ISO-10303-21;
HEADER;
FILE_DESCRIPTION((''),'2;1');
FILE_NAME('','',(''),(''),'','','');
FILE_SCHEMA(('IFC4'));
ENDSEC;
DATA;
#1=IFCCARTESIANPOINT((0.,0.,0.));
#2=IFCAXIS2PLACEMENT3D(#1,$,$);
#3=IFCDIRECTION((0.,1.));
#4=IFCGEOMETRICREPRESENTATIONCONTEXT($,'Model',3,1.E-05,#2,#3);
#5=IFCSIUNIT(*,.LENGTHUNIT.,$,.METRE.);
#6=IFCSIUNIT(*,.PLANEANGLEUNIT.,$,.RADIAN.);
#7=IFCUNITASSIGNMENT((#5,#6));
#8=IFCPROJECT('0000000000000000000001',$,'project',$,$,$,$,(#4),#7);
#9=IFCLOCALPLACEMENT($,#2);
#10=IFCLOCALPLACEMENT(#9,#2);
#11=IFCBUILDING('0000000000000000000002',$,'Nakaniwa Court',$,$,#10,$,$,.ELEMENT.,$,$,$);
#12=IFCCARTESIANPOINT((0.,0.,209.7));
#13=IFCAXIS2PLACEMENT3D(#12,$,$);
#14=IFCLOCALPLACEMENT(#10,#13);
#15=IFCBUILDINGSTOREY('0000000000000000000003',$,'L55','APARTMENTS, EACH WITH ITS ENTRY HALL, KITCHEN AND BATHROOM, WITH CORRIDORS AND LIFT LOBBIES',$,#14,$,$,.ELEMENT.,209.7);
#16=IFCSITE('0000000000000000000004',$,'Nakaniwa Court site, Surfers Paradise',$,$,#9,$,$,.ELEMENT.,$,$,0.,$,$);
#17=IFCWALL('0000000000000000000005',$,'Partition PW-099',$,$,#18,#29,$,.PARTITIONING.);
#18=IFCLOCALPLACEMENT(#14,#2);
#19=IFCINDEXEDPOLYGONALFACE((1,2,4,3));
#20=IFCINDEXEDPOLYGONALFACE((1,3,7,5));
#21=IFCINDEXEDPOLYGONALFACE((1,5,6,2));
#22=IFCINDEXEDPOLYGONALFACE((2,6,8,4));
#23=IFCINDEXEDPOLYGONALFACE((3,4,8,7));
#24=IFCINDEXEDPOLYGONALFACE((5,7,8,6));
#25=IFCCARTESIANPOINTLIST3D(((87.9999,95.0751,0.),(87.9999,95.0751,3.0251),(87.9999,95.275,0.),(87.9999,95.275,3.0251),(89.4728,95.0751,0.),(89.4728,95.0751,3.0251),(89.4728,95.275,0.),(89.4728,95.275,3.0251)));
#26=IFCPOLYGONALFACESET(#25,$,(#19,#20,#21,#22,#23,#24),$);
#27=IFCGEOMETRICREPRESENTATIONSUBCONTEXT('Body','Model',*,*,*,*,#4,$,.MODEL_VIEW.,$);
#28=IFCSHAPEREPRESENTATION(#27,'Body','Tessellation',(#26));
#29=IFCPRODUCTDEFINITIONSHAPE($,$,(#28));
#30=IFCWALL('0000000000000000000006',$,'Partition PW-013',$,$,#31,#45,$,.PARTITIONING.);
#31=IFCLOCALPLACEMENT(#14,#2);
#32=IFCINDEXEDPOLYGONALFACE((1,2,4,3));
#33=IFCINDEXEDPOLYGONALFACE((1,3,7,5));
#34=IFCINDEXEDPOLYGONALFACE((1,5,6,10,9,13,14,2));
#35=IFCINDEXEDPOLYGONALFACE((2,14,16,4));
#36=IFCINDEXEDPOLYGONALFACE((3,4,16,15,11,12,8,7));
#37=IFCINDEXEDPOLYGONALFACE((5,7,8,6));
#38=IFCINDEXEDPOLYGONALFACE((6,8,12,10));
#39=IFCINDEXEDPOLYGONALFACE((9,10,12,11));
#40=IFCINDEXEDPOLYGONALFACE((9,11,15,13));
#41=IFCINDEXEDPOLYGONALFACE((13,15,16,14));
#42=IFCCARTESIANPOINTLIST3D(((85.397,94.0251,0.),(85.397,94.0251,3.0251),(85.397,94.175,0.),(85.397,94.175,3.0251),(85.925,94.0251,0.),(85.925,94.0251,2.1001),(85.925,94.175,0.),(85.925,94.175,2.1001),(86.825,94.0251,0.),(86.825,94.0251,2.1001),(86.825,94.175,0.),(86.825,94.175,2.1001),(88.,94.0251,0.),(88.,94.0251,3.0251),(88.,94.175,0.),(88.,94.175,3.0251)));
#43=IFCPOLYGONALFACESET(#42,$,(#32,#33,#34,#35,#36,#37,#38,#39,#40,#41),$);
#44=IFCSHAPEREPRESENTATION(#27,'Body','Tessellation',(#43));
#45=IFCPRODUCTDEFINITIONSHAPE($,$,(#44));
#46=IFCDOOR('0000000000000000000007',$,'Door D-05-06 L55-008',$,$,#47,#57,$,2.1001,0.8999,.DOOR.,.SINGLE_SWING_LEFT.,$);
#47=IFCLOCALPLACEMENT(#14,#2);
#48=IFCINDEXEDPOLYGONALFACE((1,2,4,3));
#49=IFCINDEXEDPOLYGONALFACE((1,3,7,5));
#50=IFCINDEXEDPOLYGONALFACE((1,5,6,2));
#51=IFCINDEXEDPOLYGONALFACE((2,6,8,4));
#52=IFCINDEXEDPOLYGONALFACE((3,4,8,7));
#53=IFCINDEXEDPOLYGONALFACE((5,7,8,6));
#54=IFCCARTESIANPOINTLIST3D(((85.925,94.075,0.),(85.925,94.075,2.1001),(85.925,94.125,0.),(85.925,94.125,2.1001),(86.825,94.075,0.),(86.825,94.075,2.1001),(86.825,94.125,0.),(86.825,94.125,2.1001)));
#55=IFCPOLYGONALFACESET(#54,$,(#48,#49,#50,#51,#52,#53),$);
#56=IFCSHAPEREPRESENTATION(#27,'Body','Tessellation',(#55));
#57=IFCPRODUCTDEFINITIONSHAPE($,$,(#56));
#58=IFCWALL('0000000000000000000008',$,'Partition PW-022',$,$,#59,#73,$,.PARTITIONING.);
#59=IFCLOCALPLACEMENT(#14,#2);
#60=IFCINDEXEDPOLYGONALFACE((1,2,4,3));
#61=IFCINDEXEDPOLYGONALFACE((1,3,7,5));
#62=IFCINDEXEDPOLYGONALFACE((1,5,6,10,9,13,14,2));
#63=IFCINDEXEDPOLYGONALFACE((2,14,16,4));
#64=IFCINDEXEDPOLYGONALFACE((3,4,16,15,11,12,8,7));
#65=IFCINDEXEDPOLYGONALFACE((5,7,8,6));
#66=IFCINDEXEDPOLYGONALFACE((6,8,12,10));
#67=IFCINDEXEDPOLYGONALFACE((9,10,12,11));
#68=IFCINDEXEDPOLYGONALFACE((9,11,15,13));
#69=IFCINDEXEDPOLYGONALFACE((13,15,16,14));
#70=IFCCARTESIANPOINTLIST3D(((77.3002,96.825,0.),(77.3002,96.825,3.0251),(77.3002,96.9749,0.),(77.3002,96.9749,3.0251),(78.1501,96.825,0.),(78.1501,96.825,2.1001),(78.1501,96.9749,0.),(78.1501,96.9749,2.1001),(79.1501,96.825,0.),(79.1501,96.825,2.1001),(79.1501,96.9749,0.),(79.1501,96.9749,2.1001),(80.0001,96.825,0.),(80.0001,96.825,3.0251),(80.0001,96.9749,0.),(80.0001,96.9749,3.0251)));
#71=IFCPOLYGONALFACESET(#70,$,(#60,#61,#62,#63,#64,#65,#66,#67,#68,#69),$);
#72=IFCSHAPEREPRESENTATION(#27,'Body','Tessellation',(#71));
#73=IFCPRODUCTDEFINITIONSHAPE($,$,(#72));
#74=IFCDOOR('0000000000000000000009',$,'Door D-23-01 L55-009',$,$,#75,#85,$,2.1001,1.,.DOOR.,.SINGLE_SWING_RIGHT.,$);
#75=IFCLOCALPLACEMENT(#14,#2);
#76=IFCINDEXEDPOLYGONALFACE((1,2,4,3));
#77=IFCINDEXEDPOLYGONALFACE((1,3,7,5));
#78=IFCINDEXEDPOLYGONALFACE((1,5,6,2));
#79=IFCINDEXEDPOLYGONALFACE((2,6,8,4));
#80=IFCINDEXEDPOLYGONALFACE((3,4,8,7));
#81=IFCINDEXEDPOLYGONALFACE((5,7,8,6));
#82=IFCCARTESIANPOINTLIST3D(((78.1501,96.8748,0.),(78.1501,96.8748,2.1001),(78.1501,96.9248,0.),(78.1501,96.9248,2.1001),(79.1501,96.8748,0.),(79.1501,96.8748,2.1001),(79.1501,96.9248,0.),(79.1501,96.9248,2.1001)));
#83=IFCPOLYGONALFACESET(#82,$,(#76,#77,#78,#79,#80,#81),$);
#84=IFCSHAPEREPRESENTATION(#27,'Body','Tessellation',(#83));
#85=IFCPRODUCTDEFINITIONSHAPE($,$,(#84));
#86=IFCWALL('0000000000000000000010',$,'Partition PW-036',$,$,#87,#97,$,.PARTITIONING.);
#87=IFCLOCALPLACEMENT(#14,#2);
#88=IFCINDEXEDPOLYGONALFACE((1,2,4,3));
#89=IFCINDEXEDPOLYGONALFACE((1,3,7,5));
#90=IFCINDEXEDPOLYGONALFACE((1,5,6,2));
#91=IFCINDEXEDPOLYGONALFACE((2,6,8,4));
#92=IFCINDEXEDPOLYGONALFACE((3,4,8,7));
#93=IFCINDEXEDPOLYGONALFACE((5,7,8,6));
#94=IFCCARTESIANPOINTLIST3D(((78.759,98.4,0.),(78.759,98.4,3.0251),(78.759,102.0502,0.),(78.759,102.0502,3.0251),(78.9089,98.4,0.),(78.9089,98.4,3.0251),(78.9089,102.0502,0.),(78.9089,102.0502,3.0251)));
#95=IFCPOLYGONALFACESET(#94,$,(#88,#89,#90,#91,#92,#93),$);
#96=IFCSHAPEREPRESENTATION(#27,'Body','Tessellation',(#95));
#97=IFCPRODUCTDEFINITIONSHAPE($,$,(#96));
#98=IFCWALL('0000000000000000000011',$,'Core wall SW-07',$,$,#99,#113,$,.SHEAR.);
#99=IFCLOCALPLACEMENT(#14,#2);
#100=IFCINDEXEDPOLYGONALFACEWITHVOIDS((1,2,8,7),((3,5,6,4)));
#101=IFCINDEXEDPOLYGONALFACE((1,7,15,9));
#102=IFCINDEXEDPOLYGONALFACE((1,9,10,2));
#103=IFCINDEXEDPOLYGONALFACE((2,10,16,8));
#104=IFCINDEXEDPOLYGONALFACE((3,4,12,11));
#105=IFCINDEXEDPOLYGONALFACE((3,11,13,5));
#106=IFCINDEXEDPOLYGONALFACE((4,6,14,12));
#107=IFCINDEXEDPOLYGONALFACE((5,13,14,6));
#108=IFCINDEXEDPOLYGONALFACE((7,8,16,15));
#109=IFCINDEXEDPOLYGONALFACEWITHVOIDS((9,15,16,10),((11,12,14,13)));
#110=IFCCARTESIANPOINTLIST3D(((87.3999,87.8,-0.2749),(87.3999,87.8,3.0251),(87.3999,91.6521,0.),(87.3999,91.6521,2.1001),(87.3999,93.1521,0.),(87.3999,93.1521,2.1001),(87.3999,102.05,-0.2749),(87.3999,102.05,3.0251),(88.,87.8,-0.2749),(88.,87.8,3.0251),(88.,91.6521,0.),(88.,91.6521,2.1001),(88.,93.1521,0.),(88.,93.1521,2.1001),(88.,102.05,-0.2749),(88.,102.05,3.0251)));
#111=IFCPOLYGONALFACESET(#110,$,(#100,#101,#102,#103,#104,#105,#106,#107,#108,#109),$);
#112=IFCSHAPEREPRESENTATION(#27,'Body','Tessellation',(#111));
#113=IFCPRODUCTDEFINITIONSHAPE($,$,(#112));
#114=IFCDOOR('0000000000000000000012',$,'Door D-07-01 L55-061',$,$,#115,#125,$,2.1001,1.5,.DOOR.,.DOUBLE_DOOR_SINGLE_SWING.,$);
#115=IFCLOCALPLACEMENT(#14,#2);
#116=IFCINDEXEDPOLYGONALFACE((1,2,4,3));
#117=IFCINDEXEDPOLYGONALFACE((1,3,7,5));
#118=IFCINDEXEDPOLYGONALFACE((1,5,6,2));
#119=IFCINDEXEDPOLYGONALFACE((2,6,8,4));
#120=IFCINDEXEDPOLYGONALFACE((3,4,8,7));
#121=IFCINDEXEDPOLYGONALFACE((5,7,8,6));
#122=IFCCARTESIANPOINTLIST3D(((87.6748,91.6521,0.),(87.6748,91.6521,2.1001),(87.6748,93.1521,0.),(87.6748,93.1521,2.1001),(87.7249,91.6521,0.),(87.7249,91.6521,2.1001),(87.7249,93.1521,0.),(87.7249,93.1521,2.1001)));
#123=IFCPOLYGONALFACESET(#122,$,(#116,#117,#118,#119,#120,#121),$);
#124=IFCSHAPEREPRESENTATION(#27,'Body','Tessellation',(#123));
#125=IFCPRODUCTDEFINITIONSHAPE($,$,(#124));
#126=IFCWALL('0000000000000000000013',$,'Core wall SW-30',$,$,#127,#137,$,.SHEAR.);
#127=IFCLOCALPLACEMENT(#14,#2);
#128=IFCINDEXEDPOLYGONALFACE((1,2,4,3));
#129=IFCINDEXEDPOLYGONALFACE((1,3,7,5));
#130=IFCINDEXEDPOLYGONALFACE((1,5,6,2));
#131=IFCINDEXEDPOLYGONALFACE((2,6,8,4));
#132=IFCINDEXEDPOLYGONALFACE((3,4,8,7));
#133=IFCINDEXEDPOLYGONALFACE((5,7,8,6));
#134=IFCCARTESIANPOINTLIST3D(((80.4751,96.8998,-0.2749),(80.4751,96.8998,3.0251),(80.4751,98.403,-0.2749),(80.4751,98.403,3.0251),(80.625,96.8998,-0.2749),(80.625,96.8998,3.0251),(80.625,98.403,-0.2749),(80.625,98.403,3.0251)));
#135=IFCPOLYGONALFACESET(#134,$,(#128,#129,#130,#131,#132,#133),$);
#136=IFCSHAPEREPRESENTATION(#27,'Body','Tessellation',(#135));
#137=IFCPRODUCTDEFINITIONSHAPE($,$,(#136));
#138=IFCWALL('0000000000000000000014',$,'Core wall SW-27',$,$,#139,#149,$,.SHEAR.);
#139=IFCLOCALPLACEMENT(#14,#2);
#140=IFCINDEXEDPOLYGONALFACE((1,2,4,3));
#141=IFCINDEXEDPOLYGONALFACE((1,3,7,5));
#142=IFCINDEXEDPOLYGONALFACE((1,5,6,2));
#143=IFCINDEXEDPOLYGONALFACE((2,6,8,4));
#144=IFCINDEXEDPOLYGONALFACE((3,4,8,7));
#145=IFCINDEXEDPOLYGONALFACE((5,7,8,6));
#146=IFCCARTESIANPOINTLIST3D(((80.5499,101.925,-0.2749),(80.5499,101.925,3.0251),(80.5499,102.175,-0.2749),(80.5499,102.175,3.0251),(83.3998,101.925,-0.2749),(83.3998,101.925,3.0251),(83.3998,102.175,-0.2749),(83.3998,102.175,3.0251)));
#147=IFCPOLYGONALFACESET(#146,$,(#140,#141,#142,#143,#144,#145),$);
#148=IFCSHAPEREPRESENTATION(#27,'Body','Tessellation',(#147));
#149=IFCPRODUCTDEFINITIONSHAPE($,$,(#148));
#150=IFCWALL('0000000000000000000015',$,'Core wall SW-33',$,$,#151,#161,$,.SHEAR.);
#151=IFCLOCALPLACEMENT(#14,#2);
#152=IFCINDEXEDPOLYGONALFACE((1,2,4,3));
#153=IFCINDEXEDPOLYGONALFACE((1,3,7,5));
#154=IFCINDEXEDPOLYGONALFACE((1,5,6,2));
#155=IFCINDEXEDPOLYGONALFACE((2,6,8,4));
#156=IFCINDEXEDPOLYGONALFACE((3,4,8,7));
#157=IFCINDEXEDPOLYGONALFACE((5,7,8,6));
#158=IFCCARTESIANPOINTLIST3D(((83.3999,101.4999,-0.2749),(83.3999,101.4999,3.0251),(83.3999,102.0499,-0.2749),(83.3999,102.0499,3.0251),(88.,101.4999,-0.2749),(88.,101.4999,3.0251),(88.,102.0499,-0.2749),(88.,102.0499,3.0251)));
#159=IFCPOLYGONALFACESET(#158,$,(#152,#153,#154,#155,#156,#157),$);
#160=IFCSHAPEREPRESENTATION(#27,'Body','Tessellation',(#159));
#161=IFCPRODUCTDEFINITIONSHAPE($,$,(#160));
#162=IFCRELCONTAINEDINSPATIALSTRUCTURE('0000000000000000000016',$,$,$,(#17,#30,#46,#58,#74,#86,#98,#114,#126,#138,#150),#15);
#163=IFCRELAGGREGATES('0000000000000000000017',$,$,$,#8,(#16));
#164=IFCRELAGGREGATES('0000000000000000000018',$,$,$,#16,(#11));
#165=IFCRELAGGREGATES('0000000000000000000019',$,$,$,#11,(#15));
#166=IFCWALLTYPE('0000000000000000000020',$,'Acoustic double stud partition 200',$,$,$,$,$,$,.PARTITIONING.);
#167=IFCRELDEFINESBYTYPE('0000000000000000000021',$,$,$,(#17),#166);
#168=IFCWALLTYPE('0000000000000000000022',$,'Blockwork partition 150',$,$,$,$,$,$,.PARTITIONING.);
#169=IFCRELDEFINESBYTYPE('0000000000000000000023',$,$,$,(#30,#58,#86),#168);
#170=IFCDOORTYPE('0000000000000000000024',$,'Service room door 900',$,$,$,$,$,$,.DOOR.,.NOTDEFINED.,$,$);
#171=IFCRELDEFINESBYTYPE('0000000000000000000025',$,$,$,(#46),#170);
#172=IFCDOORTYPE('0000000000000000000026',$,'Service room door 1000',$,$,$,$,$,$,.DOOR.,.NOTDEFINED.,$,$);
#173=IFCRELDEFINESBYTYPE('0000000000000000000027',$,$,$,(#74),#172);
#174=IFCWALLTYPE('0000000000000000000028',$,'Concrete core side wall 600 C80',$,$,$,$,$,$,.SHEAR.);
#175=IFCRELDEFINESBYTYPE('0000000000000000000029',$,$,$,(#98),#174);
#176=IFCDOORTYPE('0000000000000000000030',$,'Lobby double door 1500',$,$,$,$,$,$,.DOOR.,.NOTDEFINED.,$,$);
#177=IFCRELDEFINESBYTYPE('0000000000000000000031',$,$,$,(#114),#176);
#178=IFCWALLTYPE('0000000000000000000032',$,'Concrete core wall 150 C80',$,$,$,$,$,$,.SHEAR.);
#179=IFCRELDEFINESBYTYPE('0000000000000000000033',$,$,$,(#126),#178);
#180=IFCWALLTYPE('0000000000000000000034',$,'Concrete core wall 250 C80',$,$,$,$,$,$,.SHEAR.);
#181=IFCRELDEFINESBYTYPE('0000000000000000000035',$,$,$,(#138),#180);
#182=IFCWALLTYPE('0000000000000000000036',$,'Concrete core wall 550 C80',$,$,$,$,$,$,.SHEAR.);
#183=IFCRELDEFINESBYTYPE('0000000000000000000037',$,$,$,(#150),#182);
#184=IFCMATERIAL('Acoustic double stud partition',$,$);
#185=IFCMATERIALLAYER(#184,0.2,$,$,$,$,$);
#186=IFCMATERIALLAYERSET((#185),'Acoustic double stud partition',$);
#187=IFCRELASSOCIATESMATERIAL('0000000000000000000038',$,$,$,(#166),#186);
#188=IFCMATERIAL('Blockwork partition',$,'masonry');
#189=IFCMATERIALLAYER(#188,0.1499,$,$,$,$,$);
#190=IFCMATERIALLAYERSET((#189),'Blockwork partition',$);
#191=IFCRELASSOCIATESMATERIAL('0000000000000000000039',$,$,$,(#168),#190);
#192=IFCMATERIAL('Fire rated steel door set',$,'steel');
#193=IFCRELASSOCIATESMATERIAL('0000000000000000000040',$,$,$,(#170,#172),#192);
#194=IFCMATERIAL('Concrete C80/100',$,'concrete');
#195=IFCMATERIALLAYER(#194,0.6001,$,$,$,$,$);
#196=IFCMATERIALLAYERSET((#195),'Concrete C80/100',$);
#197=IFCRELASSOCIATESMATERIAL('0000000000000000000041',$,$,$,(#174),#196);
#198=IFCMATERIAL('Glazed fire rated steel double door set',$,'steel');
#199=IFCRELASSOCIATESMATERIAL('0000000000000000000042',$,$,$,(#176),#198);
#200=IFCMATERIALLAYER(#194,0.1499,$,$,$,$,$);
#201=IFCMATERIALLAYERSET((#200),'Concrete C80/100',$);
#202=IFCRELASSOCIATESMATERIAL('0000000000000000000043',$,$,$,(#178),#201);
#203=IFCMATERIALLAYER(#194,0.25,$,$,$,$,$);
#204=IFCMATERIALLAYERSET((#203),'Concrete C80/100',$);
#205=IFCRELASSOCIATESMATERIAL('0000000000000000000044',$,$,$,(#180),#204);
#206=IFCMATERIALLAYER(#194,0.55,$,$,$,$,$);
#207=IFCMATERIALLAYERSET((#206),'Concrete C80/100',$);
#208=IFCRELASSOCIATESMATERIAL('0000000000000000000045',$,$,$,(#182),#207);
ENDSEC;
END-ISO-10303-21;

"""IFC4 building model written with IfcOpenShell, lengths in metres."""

from ifc_helpers import new_model, si_unit, direction, frame, frame_2d, origin, place, context, subcontext, project, spatial, rectangle, extrude, material, layer, layer_set, type_object, element, fill, save


model = new_model("IFC4")

# Units and contexts
model_context = context("Model", 3, precision=1e-05, world=origin(), true_north=direction((0.0, 1.0)))
body_context = subcontext(model_context, "Body", "Model", "MODEL_VIEW")
ifc_project = project(units=[si_unit("LENGTHUNIT", "METRE"), si_unit("PLANEANGLEUNIT", "RADIAN")], contexts=[model_context])

# Site, building, storey
site_placement = place(None, origin())
site = spatial("IfcSite", under=ifc_project, at=site_placement, Name="Nakaniwa Court site, Surfers Paradise", CompositionType="ELEMENT", RefElevation=0.0)
building_placement = place(site_placement, origin())
building = spatial("IfcBuilding", under=site, at=building_placement, Name="Nakaniwa Court", CompositionType="ELEMENT")
storey_placement = place(building_placement, frame((0.0, 0.0, 209.7)))
storey = spatial("IfcBuildingStorey", under=building, at=storey_placement, Name="L55", Description="APARTMENTS, EACH WITH ITS ENTRY HALL, KITCHEN AND BATHROOM, WITH CORRIDORS AND LIFT LOBBIES", CompositionType="ELEMENT", Elevation=209.7)

# Wall
ifc_material_1 = material(Name="Acoustic double stud partition")
ifc_layer_1 = layer(ifc_material_1, 0.2)
ifc_layer_set_1 = layer_set([ifc_layer_1], Name="Acoustic double stud partition")
wall_type_1 = type_object("IfcWallType", Name="Acoustic double stud partition 200", PredefinedType="PARTITIONING", material=ifc_layer_set_1)
wall_1_placement = place(storey_placement, frame((88.0, 95.175, 0.0), z_axis=(0.0, 0.0, 1.0), x_axis=(1.0, 0.0, 0.0)))
element("IfcWall", 1, at=wall_1_placement, inside=storey, type_object=wall_type_1, Name="Partition PW-099", PredefinedType="PARTITIONING", context=body_context, shape_type="SweptSolid", body=[
    extrude(rectangle(XDim=1.4729, YDim=0.2, at=frame_2d((0.7363, 0.0))), origin(), (0.0, 0.0, 1.0), 3.0251),
])

# Walls, openings, doors
ifc_material_2 = material(Name="Blockwork partition", Category="masonry")
ifc_layer_2 = layer(ifc_material_2, 0.1499)
ifc_layer_set_2 = layer_set([ifc_layer_2], Name="Blockwork partition")
wall_type_2 = type_object("IfcWallType", Name="Blockwork partition 150", PredefinedType="PARTITIONING", material=ifc_layer_set_2)
wall_2_placement = place(storey_placement, frame((85.397, 94.1001, 0.0), z_axis=(0.0, 0.0, 1.0), x_axis=(1.0, 0.0, 0.0)))
wall_2 = element("IfcWall", 2, at=wall_2_placement, inside=storey, type_object=wall_type_2, Name="Partition PW-013", PredefinedType="PARTITIONING", context=body_context, shape_type="SweptSolid", body=[
    extrude(rectangle(XDim=2.603, YDim=0.1499, at=frame_2d((1.3015, 0.0))), origin(), (0.0, 0.0, 1.0), 3.0251),
])
opening_1_placement = place(wall_2_placement, frame((0.5281, 0.0, 0.0)))
opening_1 = element("IfcOpeningElement", 3, at=opening_1_placement, cuts=wall_2, PredefinedType="OPENING", context=body_context, shape_type="SweptSolid", body=[
    extrude(rectangle(XDim=0.8999, YDim=2.1001, at=frame_2d((0.45, 1.05))), frame((0.0, 0.085, 0.0), z_axis=(0.0, -1.0, 0.0), x_axis=(1.0, 0.0, 0.0)), (0.0, 0.0, 1.0), 0.1699),
])
ifc_material_3 = material(Name="Fire rated steel door set", Category="steel")
door_type_1 = type_object("IfcDoorType", Name="Service room door 900", OperationType="NOTDEFINED", PredefinedType="DOOR", material=ifc_material_3)
door_1_placement = place(opening_1_placement, origin())
door_1 = element("IfcDoor", 4, at=door_1_placement, inside=storey, type_object=door_type_1, Name="Door D-05-06 L55-008", OperationType="SINGLE_SWING_LEFT", OverallHeight=2.1001, OverallWidth=0.8999, PredefinedType="DOOR", context=body_context, shape_type="SweptSolid", body=[
    extrude(rectangle(XDim=0.8999, YDim=2.1001, at=frame_2d((0.45, 1.05))), frame((0.0, 0.0249, 0.0), z_axis=(0.0, -1.0, 0.0), x_axis=(1.0, 0.0, 0.0)), (0.0, 0.0, 1.0), 0.05),
])
fill(opening_1, door_1)
wall_3_placement = place(storey_placement, frame((77.3, 96.8999, 0.0), z_axis=(0.0, 0.0, 1.0), x_axis=(1.0, 0.0, 0.0)))
wall_3 = element("IfcWall", 5, at=wall_3_placement, inside=storey, type_object=wall_type_2, Name="Partition PW-022", PredefinedType="PARTITIONING", context=body_context, shape_type="SweptSolid", body=[
    extrude(rectangle(XDim=2.7, YDim=0.1499, at=frame_2d((1.3501, 0.0))), origin(), (0.0, 0.0, 1.0), 3.0251),
])
opening_2_placement = place(wall_3_placement, frame((0.8501, 0.0, 0.0)))
opening_2 = element("IfcOpeningElement", 6, at=opening_2_placement, cuts=wall_3, PredefinedType="OPENING", context=body_context, shape_type="SweptSolid", body=[
    extrude(rectangle(XDim=1.0, YDim=2.1001, at=frame_2d((0.5, 1.05))), frame((0.0, 0.085, 0.0), z_axis=(0.0, -1.0, 0.0), x_axis=(1.0, 0.0, 0.0)), (0.0, 0.0, 1.0), 0.1699),
])
door_type_2 = type_object("IfcDoorType", Name="Service room door 1000", OperationType="NOTDEFINED", PredefinedType="DOOR", material=ifc_material_3)
door_2_placement = place(opening_2_placement, origin())
door_2 = element("IfcDoor", 7, at=door_2_placement, inside=storey, type_object=door_type_2, Name="Door D-23-01 L55-009", OperationType="SINGLE_SWING_RIGHT", OverallHeight=2.1001, OverallWidth=1.0, PredefinedType="DOOR", context=body_context, shape_type="SweptSolid", body=[
    extrude(rectangle(XDim=1.0, YDim=2.1001, at=frame_2d((0.5, 1.05))), frame((0.0, 0.0249, 0.0), z_axis=(0.0, -1.0, 0.0), x_axis=(1.0, 0.0, 0.0)), (0.0, 0.0, 1.0), 0.05),
])
fill(opening_2, door_2)

# Wall
wall_4_placement = place(storey_placement, frame((78.834, 98.3999, 0.0), z_axis=(0.0, 0.0, 1.0), x_axis=(0.0, 1.0, 0.0)))
element("IfcWall", 8, at=wall_4_placement, inside=storey, type_object=wall_type_2, Name="Partition PW-036", PredefinedType="PARTITIONING", context=body_context, shape_type="SweptSolid", body=[
    extrude(rectangle(XDim=3.6501, YDim=0.1499, at=frame_2d((1.8252, 0.0))), origin(), (0.0, 0.0, 1.0), 3.0251),
])

# Wall, opening, door
ifc_material_4 = material(Name="Concrete C80/100", Category="concrete")
ifc_layer_3 = layer(ifc_material_4, 0.6001)
ifc_layer_set_3 = layer_set([ifc_layer_3], Name="Concrete C80/100")
wall_type_3 = type_object("IfcWallType", Name="Concrete core side wall 600 C80", PredefinedType="SHEAR", material=ifc_layer_set_3)
wall_5_placement = place(storey_placement, frame((87.7, 102.05, -0.2749), z_axis=(0.0, 0.0, 1.0), x_axis=(0.0, -1.0, 0.0)))
wall_5 = element("IfcWall", 9, at=wall_5_placement, inside=storey, type_object=wall_type_3, Name="Core wall SW-07", PredefinedType="SHEAR", context=body_context, shape_type="SweptSolid", body=[
    extrude(rectangle(XDim=14.25, YDim=0.6001, at=frame_2d((7.125, 0.0))), origin(), (0.0, 0.0, 1.0), 3.3),
])
opening_3_placement = place(wall_5_placement, frame((8.8979, 0.0, 0.2749)))
opening_3 = element("IfcOpeningElement", 10, at=opening_3_placement, cuts=wall_5, PredefinedType="OPENING", context=body_context, shape_type="SweptSolid", body=[
    extrude(rectangle(XDim=1.5, YDim=2.1001, at=frame_2d((0.75, 1.05))), frame((0.0, 0.3101, 0.0), z_axis=(0.0, -1.0, 0.0), x_axis=(1.0, 0.0, 0.0)), (0.0, 0.0, 1.0), 0.6201),
])
ifc_material_5 = material(Name="Glazed fire rated steel double door set", Category="steel")
door_type_3 = type_object("IfcDoorType", Name="Lobby double door 1500", OperationType="NOTDEFINED", PredefinedType="DOOR", material=ifc_material_5)
door_3_placement = place(opening_3_placement, origin())
door_3 = element("IfcDoor", 11, at=door_3_placement, inside=storey, type_object=door_type_3, Name="Door D-07-01 L55-061", OperationType="DOUBLE_DOOR_SINGLE_SWING", OverallHeight=2.1001, OverallWidth=1.5, PredefinedType="DOOR", context=body_context, shape_type="SweptSolid", body=[
    extrude(rectangle(XDim=1.5, YDim=2.1001, at=frame_2d((0.75, 1.05))), frame((0.0, 0.0249, 0.0), z_axis=(0.0, -1.0, 0.0), x_axis=(1.0, 0.0, 0.0)), (0.0, 0.0, 1.0), 0.05),
])
fill(opening_3, door_3)

# Walls
ifc_layer_4 = layer(ifc_material_4, 0.1499)
ifc_layer_set_4 = layer_set([ifc_layer_4], Name="Concrete C80/100")
wall_type_4 = type_object("IfcWallType", Name="Concrete core wall 150 C80", PredefinedType="SHEAR", material=ifc_layer_set_4)
wall_6_placement = place(storey_placement, frame((80.55, 96.8999, -0.2749), z_axis=(0.0, 0.0, 1.0), x_axis=(0.0, 1.0, 0.0)))
element("IfcWall", 12, at=wall_6_placement, inside=storey, type_object=wall_type_4, Name="Core wall SW-30", PredefinedType="SHEAR", context=body_context, shape_type="SweptSolid", body=[
    extrude(rectangle(XDim=1.5032, YDim=0.1499, at=frame_2d((0.7515, 0.0))), origin(), (0.0, 0.0, 1.0), 3.3),
])
ifc_layer_5 = layer(ifc_material_4, 0.25)
ifc_layer_set_5 = layer_set([ifc_layer_5], Name="Concrete C80/100")
wall_type_5 = type_object("IfcWallType", Name="Concrete core wall 250 C80", PredefinedType="SHEAR", material=ifc_layer_set_5)
wall_7_placement = place(storey_placement, frame((80.55, 102.05, -0.2749), z_axis=(0.0, 0.0, 1.0), x_axis=(1.0, 0.0, 0.0)))
element("IfcWall", 13, at=wall_7_placement, inside=storey, type_object=wall_type_5, Name="Core wall SW-27", PredefinedType="SHEAR", context=body_context, shape_type="SweptSolid", body=[
    extrude(rectangle(XDim=2.8499, YDim=0.25, at=frame_2d((1.4248, 0.0))), origin(), (0.0, 0.0, 1.0), 3.3),
])
ifc_layer_6 = layer(ifc_material_4, 0.55)
ifc_layer_set_6 = layer_set([ifc_layer_6], Name="Concrete C80/100")
wall_type_6 = type_object("IfcWallType", Name="Concrete core wall 550 C80", PredefinedType="SHEAR", material=ifc_layer_set_6)
wall_8_placement = place(storey_placement, frame((83.3999, 101.7749, -0.2749), z_axis=(0.0, 0.0, 1.0), x_axis=(1.0, 0.0, 0.0)))
element("IfcWall", 14, at=wall_8_placement, inside=storey, type_object=wall_type_6, Name="Core wall SW-33", PredefinedType="SHEAR", context=body_context, shape_type="SweptSolid", body=[
    extrude(rectangle(XDim=4.6001, YDim=0.55, at=frame_2d((2.3, 0.0))), origin(), (0.0, 0.0, 1.0), 3.3),
])

save(model, "model.ifc")
